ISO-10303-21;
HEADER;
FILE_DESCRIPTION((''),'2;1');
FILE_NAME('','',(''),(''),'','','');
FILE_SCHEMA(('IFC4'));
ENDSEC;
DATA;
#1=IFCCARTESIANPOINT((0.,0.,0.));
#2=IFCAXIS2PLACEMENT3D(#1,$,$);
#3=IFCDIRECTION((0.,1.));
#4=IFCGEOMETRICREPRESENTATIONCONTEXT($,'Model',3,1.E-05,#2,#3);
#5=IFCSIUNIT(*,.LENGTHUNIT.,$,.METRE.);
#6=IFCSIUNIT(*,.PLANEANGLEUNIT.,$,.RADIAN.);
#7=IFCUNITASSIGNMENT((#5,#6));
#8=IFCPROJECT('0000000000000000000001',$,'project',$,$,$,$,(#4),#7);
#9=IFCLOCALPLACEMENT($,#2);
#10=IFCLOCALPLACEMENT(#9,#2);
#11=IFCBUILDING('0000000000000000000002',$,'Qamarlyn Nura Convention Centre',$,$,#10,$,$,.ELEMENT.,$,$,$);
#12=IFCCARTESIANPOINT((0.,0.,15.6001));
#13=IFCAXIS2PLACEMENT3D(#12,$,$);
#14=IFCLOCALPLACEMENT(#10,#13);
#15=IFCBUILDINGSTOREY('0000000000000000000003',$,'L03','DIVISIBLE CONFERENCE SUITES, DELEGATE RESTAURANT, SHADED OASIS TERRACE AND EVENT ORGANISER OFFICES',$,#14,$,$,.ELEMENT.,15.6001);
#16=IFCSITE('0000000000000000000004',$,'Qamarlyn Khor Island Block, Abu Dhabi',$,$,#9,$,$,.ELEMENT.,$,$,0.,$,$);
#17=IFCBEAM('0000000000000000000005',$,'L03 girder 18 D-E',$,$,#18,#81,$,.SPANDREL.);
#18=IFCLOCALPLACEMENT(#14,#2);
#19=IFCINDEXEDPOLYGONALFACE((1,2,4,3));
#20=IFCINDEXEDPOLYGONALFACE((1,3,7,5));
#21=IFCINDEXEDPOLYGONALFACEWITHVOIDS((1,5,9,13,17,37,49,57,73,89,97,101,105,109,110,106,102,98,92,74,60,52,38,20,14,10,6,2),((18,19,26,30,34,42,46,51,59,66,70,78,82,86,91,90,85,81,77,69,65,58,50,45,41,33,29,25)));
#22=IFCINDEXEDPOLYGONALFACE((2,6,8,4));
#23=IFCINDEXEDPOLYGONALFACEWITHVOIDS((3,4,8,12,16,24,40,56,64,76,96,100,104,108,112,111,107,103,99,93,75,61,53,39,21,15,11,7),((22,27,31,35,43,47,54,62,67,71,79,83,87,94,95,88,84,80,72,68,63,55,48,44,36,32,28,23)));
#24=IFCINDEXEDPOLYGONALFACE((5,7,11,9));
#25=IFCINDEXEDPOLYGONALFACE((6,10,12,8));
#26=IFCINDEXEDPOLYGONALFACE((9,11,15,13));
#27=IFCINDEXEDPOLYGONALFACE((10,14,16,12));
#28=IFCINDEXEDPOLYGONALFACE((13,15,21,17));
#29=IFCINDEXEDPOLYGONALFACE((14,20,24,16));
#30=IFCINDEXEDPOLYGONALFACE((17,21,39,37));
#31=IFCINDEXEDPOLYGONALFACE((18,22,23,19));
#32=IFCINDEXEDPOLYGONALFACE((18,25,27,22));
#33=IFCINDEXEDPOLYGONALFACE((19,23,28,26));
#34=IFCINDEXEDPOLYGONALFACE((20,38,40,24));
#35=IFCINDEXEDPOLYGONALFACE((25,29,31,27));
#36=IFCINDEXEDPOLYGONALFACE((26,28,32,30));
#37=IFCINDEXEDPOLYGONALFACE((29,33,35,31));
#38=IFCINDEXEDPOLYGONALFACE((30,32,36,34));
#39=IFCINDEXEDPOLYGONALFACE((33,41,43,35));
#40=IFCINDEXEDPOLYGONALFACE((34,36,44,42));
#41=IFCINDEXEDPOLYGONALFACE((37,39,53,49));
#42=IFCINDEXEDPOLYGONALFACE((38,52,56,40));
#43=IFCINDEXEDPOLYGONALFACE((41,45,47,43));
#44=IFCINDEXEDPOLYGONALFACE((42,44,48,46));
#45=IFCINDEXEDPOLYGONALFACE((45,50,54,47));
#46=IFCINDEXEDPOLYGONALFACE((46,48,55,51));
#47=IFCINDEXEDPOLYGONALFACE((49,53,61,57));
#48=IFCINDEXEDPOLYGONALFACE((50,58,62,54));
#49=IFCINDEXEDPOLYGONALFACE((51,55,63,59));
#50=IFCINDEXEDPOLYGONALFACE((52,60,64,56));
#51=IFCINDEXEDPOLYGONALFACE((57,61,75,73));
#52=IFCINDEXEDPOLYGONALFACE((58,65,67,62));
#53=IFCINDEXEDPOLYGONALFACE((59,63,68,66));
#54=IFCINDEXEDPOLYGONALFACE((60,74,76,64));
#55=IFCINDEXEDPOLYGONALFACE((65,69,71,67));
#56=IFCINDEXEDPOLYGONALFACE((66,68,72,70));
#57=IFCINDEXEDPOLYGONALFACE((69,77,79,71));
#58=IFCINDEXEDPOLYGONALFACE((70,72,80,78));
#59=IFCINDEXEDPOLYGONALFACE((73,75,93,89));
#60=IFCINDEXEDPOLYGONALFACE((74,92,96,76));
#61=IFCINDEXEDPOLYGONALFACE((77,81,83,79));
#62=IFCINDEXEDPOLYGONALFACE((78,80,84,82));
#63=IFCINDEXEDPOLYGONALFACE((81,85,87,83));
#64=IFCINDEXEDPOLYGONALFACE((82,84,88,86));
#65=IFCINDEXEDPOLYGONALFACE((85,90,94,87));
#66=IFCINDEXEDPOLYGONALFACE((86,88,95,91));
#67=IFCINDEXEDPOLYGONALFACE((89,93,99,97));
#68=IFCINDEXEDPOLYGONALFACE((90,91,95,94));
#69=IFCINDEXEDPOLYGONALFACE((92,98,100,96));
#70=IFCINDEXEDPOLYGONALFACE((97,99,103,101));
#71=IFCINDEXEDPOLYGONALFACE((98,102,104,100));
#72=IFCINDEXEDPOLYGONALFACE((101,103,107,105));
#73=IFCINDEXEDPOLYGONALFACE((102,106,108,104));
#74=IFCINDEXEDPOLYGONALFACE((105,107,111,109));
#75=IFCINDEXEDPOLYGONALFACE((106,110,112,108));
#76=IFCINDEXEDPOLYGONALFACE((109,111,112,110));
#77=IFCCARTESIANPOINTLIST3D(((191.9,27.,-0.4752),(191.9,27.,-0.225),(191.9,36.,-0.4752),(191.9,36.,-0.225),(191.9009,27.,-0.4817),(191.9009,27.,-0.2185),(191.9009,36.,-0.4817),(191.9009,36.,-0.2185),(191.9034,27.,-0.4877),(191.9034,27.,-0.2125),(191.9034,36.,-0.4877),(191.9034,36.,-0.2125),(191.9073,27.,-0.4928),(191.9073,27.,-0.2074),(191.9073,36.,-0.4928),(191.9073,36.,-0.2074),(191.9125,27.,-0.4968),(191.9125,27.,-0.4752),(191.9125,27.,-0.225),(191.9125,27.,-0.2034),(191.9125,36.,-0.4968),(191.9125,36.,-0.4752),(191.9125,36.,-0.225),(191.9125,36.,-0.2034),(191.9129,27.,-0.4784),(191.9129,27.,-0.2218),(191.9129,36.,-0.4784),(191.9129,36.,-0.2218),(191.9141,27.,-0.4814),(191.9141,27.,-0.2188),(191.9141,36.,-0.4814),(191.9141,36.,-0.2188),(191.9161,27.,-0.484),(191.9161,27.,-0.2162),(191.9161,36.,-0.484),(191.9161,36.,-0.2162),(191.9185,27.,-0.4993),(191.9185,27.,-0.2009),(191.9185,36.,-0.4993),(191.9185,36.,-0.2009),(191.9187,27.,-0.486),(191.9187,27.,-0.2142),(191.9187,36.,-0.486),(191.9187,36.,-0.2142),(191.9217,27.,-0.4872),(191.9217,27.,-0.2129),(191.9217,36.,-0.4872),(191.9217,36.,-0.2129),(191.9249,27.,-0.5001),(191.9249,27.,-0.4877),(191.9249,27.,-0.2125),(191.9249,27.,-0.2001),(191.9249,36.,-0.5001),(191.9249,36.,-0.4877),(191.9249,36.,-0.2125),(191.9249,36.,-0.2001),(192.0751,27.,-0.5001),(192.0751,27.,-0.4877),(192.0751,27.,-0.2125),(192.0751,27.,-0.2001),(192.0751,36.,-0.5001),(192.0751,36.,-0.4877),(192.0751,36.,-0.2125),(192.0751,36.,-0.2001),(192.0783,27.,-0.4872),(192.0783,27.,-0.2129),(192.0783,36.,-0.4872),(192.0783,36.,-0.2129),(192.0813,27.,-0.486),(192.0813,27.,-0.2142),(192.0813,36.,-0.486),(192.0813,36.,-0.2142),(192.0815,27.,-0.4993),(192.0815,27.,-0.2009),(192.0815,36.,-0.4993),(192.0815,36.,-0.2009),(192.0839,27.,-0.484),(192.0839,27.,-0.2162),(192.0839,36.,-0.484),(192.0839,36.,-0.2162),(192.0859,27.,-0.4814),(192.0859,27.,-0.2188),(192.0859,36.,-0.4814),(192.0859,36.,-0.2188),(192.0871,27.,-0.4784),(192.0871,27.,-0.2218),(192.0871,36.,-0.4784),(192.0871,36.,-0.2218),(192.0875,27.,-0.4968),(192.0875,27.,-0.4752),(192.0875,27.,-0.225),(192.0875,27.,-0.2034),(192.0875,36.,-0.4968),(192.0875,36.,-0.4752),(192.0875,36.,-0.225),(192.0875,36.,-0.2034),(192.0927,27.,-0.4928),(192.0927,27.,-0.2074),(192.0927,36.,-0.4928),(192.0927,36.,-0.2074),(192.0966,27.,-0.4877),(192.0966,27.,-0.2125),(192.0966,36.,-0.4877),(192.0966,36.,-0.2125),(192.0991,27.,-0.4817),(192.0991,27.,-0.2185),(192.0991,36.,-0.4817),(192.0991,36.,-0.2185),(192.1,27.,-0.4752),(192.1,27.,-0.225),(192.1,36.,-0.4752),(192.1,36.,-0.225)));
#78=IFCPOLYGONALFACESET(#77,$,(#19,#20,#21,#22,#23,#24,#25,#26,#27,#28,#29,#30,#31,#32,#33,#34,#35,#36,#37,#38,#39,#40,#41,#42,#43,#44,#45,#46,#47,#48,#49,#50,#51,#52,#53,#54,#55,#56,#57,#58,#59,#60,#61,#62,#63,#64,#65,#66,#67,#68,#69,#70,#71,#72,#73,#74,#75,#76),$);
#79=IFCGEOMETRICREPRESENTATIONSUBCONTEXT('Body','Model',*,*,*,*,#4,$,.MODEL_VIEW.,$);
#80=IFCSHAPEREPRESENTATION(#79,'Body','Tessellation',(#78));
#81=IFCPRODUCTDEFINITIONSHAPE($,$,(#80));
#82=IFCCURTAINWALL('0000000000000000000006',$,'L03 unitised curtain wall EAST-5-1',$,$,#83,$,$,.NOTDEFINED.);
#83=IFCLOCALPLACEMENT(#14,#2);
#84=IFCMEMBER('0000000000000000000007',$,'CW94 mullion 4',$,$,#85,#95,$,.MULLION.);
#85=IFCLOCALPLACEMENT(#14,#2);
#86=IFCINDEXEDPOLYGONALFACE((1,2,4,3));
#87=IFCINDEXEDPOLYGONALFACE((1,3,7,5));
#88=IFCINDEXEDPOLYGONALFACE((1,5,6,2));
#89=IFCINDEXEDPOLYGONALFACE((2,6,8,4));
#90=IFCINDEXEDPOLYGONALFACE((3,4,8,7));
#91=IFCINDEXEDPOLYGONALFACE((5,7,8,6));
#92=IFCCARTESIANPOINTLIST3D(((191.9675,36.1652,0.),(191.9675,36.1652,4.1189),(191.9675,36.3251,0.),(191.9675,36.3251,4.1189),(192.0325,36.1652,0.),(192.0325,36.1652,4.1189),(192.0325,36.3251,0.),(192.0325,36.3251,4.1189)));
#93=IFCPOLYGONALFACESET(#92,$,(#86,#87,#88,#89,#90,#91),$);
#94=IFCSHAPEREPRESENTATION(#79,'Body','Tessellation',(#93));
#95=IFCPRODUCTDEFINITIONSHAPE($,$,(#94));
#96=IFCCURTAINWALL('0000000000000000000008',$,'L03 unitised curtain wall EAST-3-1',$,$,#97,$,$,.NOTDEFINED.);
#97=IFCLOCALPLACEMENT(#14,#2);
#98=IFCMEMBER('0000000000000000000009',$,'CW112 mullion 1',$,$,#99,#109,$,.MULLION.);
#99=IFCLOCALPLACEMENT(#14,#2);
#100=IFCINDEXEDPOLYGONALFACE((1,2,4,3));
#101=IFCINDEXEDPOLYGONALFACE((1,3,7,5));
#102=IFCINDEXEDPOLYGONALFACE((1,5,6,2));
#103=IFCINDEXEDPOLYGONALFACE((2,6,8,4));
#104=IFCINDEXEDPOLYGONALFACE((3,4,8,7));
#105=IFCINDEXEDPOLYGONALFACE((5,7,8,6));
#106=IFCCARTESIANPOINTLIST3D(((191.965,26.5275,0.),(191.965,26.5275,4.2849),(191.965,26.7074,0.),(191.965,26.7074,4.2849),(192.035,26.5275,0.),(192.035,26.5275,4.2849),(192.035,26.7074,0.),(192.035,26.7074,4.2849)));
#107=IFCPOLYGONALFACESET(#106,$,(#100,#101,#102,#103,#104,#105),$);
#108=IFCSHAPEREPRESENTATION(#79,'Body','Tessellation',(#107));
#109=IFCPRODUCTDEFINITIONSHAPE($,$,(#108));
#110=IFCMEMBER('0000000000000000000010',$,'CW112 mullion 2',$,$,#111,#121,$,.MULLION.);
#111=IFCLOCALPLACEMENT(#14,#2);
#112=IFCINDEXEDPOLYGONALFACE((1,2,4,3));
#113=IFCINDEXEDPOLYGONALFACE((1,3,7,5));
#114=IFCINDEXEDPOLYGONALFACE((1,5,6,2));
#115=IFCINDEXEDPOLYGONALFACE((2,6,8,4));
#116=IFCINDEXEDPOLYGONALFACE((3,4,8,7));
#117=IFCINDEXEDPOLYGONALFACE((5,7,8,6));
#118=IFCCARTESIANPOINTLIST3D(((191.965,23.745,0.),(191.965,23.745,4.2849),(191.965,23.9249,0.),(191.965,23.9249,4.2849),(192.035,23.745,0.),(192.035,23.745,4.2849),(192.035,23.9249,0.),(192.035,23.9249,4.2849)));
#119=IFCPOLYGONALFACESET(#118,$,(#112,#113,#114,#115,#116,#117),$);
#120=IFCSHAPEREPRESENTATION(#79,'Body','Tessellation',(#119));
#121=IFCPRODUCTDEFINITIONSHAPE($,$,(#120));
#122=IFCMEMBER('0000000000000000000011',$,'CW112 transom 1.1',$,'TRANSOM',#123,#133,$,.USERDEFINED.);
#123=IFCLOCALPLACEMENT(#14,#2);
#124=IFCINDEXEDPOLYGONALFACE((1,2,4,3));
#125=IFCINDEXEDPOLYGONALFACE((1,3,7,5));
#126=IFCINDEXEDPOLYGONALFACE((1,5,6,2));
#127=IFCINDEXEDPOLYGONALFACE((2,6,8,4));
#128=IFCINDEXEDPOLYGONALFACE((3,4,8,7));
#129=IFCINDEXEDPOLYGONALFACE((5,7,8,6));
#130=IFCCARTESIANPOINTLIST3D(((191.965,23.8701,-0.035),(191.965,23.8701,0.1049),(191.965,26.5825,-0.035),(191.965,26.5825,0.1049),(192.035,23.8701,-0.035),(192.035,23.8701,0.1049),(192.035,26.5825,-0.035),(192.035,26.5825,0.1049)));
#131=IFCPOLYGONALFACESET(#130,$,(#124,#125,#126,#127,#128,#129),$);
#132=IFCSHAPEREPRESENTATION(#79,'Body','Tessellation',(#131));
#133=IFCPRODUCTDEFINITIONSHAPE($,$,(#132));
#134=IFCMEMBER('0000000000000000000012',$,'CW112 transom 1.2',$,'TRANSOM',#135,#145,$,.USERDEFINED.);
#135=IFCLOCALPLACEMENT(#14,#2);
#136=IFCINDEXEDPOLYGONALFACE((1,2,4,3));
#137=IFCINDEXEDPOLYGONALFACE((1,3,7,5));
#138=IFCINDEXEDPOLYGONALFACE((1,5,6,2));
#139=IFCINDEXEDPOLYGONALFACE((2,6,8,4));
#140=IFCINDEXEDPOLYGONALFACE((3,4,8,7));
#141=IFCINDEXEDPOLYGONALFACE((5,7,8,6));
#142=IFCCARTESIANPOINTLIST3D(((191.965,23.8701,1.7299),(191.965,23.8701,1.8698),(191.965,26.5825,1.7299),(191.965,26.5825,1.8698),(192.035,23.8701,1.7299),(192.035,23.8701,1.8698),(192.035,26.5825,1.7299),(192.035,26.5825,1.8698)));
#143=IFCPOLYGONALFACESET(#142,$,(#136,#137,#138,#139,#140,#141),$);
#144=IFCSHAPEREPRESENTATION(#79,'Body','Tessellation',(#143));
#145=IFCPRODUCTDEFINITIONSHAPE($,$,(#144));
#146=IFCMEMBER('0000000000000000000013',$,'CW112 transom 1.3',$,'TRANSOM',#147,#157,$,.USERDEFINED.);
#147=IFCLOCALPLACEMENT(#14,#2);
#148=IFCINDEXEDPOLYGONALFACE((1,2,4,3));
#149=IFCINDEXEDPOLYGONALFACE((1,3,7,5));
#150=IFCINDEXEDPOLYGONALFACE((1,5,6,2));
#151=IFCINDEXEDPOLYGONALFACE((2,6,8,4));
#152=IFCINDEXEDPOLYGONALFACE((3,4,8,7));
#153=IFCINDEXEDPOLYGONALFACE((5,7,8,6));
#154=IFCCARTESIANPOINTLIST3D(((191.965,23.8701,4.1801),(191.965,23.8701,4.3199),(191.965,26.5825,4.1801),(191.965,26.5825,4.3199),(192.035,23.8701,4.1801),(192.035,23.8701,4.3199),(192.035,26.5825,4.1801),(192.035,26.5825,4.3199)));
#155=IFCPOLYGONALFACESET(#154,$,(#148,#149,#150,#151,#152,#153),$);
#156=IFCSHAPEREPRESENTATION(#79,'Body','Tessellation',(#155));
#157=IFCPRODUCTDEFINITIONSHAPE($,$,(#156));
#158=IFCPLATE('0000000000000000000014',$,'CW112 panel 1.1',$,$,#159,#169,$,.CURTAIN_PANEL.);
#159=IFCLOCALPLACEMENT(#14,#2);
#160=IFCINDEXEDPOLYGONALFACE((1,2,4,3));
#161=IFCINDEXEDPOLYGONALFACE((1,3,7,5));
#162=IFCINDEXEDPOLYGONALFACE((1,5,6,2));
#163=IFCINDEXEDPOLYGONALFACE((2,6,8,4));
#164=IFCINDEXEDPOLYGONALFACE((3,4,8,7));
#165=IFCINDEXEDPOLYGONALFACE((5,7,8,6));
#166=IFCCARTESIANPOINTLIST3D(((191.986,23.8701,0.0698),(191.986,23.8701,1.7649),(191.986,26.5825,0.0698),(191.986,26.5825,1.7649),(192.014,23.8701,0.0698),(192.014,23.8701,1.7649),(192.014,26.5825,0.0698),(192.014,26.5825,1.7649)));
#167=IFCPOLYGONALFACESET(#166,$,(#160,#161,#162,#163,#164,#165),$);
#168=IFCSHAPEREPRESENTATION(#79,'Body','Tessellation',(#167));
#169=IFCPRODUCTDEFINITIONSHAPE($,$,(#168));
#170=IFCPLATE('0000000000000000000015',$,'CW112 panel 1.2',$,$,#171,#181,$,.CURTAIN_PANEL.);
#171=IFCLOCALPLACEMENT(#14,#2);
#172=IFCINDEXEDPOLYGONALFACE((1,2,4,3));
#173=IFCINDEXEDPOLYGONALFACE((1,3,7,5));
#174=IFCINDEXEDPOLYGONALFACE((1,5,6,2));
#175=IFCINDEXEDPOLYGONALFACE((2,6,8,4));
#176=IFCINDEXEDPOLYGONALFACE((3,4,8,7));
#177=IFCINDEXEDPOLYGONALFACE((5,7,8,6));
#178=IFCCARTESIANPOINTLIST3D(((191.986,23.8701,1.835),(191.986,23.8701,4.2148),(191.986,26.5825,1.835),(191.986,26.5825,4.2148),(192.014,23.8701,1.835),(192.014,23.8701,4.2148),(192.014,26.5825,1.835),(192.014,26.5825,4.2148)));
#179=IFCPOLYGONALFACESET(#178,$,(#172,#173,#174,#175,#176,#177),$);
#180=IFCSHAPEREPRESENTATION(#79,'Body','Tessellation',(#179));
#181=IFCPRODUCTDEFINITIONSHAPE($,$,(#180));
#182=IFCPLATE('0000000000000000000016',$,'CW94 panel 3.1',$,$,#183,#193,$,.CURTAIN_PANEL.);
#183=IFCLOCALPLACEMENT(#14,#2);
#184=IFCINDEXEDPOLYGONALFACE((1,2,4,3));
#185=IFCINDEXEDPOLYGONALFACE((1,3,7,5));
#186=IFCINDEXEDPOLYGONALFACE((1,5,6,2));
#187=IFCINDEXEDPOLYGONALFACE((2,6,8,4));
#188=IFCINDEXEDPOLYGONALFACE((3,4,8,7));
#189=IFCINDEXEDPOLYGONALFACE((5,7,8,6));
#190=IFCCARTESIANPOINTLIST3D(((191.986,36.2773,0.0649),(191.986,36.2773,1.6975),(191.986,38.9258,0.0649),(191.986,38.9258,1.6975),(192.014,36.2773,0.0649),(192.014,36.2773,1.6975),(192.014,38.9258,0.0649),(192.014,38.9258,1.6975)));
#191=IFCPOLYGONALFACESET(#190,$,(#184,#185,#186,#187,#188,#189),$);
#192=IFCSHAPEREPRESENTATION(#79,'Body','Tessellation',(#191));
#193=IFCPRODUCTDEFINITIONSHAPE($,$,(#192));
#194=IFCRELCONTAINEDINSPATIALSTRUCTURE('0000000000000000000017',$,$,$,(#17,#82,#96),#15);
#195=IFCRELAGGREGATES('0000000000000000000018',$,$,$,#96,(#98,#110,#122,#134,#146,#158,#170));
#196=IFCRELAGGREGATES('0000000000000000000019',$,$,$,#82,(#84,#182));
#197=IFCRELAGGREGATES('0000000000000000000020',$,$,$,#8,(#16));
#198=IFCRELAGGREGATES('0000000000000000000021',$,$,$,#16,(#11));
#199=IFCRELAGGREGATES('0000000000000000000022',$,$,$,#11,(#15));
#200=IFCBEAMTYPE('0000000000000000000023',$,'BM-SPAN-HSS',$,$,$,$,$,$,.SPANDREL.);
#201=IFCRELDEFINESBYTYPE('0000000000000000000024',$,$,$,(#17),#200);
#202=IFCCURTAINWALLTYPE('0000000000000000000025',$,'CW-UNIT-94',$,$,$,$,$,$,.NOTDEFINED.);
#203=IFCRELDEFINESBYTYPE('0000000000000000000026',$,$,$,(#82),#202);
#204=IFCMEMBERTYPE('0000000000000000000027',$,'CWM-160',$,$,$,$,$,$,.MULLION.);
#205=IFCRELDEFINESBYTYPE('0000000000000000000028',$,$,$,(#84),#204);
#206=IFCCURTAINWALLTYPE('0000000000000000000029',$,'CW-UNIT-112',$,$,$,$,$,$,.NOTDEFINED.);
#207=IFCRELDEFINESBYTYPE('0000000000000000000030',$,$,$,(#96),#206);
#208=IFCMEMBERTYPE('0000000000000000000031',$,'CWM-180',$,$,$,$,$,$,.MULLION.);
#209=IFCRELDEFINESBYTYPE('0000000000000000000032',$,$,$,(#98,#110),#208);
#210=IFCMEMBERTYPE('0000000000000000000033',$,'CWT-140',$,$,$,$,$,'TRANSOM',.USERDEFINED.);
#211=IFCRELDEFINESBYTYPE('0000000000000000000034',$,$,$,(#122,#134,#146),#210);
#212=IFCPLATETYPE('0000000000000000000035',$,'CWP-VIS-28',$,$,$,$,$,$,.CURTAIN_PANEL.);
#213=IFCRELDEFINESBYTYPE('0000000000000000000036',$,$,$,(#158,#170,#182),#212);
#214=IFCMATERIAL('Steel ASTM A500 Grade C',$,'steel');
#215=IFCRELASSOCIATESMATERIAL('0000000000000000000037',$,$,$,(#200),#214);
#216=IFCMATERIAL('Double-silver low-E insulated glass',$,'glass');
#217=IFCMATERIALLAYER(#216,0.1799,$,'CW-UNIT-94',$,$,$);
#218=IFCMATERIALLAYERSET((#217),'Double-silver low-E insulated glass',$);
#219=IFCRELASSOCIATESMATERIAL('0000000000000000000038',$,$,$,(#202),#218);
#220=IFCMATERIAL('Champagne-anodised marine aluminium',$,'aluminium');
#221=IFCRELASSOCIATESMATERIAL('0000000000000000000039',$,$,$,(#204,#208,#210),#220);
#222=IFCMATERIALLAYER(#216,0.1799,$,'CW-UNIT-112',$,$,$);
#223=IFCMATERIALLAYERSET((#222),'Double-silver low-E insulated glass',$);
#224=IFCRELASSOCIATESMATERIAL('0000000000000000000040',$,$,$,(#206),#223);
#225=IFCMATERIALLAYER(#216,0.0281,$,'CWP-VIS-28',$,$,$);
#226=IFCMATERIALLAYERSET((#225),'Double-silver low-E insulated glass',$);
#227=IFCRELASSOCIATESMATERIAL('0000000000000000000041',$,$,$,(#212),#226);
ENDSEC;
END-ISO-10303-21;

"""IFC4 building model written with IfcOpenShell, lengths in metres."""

from ifc_helpers import new_model, si_unit, direction, frame, origin, origin_2d, place, context, subcontext, project, spatial, rectangle, hollow_rectangle, extrude, material, layer, layer_set, material_profile, profile_set, type_object, element, aggregate, save


model = new_model("IFC4")

# Units and contexts
model_context = context("Model", 3, precision=1e-05, world=origin(), true_north=direction((0.0, 1.0)))
body_context = subcontext(model_context, "Body", "Model", "MODEL_VIEW")
ifc_project = project(units=[si_unit("LENGTHUNIT", "METRE"), si_unit("PLANEANGLEUNIT", "RADIAN")], contexts=[model_context])

# Site, building, storey
site_placement = place(None, origin())
site = spatial("IfcSite", under=ifc_project, at=site_placement, Name="Qamarlyn Khor Island Block, Abu Dhabi", CompositionType="ELEMENT", RefElevation=0.0)
building_placement = place(site_placement, origin())
building = spatial("IfcBuilding", under=site, at=building_placement, Name="Qamarlyn Nura Convention Centre", CompositionType="ELEMENT")
storey_placement = place(building_placement, frame((0.0, 0.0, 15.6001)))
storey = spatial("IfcBuildingStorey", under=building, at=storey_placement, Name="L03", Description="DIVISIBLE CONFERENCE SUITES, DELEGATE RESTAURANT, SHADED OASIS TERRACE AND EVENT ORGANISER OFFICES", CompositionType="ELEMENT", Elevation=15.6001)

# Beam
ifc_material_1 = material(Name="Steel ASTM A500 Grade C", Category="steel")
ifc_material_profile_1 = material_profile(ifc_material_1, hollow_rectangle(XDim=0.2, YDim=0.3, WallThickness=0.0125, InnerFilletRadius=0.0125, OuterFilletRadius=0.0249, at=origin_2d()), Name="HSS300X200X12.5")
ifc_profile_set_1 = profile_set([ifc_material_profile_1], Name="Steel ASTM A500 Grade C")
beam_type_1 = type_object("IfcBeamType", Name="BM-SPAN-HSS", PredefinedType="SPANDREL", material=ifc_profile_set_1)
beam_1_placement = place(storey_placement, frame((192.0, 27.0, -0.3501), z_axis=(0.0, 1.0, 0.0), x_axis=(-1.0, 0.0, 0.0)))
element("IfcBeam", 1, at=beam_1_placement, inside=storey, type_object=beam_type_1, Name="L03 girder 18 D-E", PredefinedType="SPANDREL", context=body_context, shape_type="SweptSolid", body=[
    extrude(hollow_rectangle(XDim=0.2, YDim=0.3, WallThickness=0.0125, InnerFilletRadius=0.0125, OuterFilletRadius=0.0249, at=origin_2d()), origin(), (0.0, 0.0, 1.0), 9.0),
])

# Curtain wall, member
ifc_material_2 = material(Name="Double-silver low-E insulated glass", Category="glass")
ifc_layer_1 = layer(ifc_material_2, 0.1799, Name="CW-UNIT-94")
ifc_layer_set_1 = layer_set([ifc_layer_1], Name="Double-silver low-E insulated glass")
curtain_wall_type_1 = type_object("IfcCurtainWallType", Name="CW-UNIT-94", PredefinedType="NOTDEFINED", material=ifc_layer_set_1)
curtain_wall_1_placement = place(storey_placement, origin())
curtain_wall_1 = element("IfcCurtainWall", 2, at=curtain_wall_1_placement, inside=storey, type_object=curtain_wall_type_1, Name="L03 unitised curtain wall EAST-5-1", PredefinedType="NOTDEFINED")
ifc_material_3 = material(Name="Champagne-anodised marine aluminium", Category="aluminium")
ifc_material_profile_2 = material_profile(ifc_material_3, rectangle(XDim=0.0649, YDim=0.1599, at=origin_2d()), Name="ALU MULLION 65x160")
ifc_profile_set_2 = profile_set([ifc_material_profile_2], Name="Champagne-anodised marine aluminium")
member_type_1 = type_object("IfcMemberType", Name="CWM-160", PredefinedType="MULLION", material=ifc_profile_set_2)
member_1_placement = place(storey_placement, frame((192.0, 36.2451, 0.0), z_axis=(0.0, 0.0, 1.0), x_axis=(1.0, 0.0, 0.0)))
member_1 = element("IfcMember", 3, at=member_1_placement, type_object=member_type_1, Name="CW94 mullion 4", PredefinedType="MULLION", context=body_context, shape_type="SweptSolid", body=[
    extrude(rectangle(XDim=0.0649, YDim=0.1599, at=origin_2d()), origin(), (0.0, 0.0, 1.0), 4.1189),
])

# Curtain wall, members, plates
ifc_layer_2 = layer(ifc_material_2, 0.1799, Name="CW-UNIT-112")
ifc_layer_set_2 = layer_set([ifc_layer_2], Name="Double-silver low-E insulated glass")
curtain_wall_type_2 = type_object("IfcCurtainWallType", Name="CW-UNIT-112", PredefinedType="NOTDEFINED", material=ifc_layer_set_2)
curtain_wall_2_placement = place(storey_placement, origin())
curtain_wall_2 = element("IfcCurtainWall", 4, at=curtain_wall_2_placement, inside=storey, type_object=curtain_wall_type_2, Name="L03 unitised curtain wall EAST-3-1", PredefinedType="NOTDEFINED")
ifc_material_profile_3 = material_profile(ifc_material_3, rectangle(XDim=0.0701, YDim=0.1799, at=origin_2d()), Name="ALU MULLION 70x180")
ifc_profile_set_3 = profile_set([ifc_material_profile_3], Name="Champagne-anodised marine aluminium")
member_type_2 = type_object("IfcMemberType", Name="CWM-180", PredefinedType="MULLION", material=ifc_profile_set_3)
member_2_placement = place(storey_placement, frame((192.0, 26.6174, 0.0), z_axis=(0.0, 0.0, 1.0), x_axis=(1.0, 0.0, 0.0)))
member_2 = element("IfcMember", 5, at=member_2_placement, type_object=member_type_2, Name="CW112 mullion 1", PredefinedType="MULLION", context=body_context, shape_type="SweptSolid", body=[
    extrude(rectangle(XDim=0.0701, YDim=0.1799, at=origin_2d()), origin(), (0.0, 0.0, 1.0), 4.2849),
])
member_3_placement = place(storey_placement, frame((192.0, 23.835, 0.0), z_axis=(0.0, 0.0, 1.0), x_axis=(1.0, 0.0, 0.0)))
member_3 = element("IfcMember", 6, at=member_3_placement, type_object=member_type_2, Name="CW112 mullion 2", PredefinedType="MULLION", context=body_context, shape_type="SweptSolid", body=[
    extrude(rectangle(XDim=0.0701, YDim=0.1799, at=origin_2d()), origin(), (0.0, 0.0, 1.0), 4.2849),
])
ifc_material_profile_4 = material_profile(ifc_material_3, rectangle(XDim=0.0701, YDim=0.1399, at=origin_2d()), Name="ALU TRANSOM 70x140")
ifc_profile_set_4 = profile_set([ifc_material_profile_4], Name="Champagne-anodised marine aluminium")
member_type_3 = type_object("IfcMemberType", Name="CWT-140", ElementType="TRANSOM", PredefinedType="USERDEFINED", material=ifc_profile_set_4)
member_4_placement = place(storey_placement, frame((192.0, 26.5825, 0.0349), z_axis=(0.0, -1.0, 0.0), x_axis=(1.0, 0.0, 0.0)))
member_4 = element("IfcMember", 7, at=member_4_placement, type_object=member_type_3, Name="CW112 transom 1.1", ObjectType="TRANSOM", PredefinedType="USERDEFINED", context=body_context, shape_type="SweptSolid", body=[
    extrude(rectangle(XDim=0.0701, YDim=0.1399, at=origin_2d()), origin(), (0.0, 0.0, 1.0), 2.7124),
])
member_5_placement = place(storey_placement, frame((192.0, 26.5825, 1.7998), z_axis=(0.0, -1.0, 0.0), x_axis=(1.0, 0.0, 0.0)))
member_5 = element("IfcMember", 8, at=member_5_placement, type_object=member_type_3, Name="CW112 transom 1.2", ObjectType="TRANSOM", PredefinedType="USERDEFINED", context=body_context, shape_type="SweptSolid", body=[
    extrude(rectangle(XDim=0.0701, YDim=0.1399, at=origin_2d()), origin(), (0.0, 0.0, 1.0), 2.7124),
])
member_6_placement = place(storey_placement, frame((192.0, 26.5825, 4.25), z_axis=(0.0, -1.0, 0.0), x_axis=(1.0, 0.0, 0.0)))
member_6 = element("IfcMember", 9, at=member_6_placement, type_object=member_type_3, Name="CW112 transom 1.3", ObjectType="TRANSOM", PredefinedType="USERDEFINED", context=body_context, shape_type="SweptSolid", body=[
    extrude(rectangle(XDim=0.0701, YDim=0.1399, at=origin_2d()), origin(), (0.0, 0.0, 1.0), 2.7124),
])
ifc_layer_3 = layer(ifc_material_2, 0.0281, Name="CWP-VIS-28")
ifc_layer_set_3 = layer_set([ifc_layer_3], Name="Double-silver low-E insulated glass")
plate_type_1 = type_object("IfcPlateType", Name="CWP-VIS-28", PredefinedType="CURTAIN_PANEL", material=ifc_layer_set_3)
plate_1_placement = place(storey_placement, frame((192.0, 25.2263, 0.0698), z_axis=(0.0, 0.0, 1.0), x_axis=(0.0, -1.0, 0.0)))
plate_1 = element("IfcPlate", 10, at=plate_1_placement, type_object=plate_type_1, Name="CW112 panel 1.1", PredefinedType="CURTAIN_PANEL", context=body_context, shape_type="SweptSolid", body=[
    extrude(rectangle(XDim=2.7124, YDim=0.0281, at=origin_2d()), origin(), (0.0, 0.0, 1.0), 1.6951),
])
plate_2_placement = place(storey_placement, frame((192.0, 25.2263, 1.835), z_axis=(0.0, 0.0, 1.0), x_axis=(0.0, -1.0, 0.0)))
plate_2 = element("IfcPlate", 11, at=plate_2_placement, type_object=plate_type_1, Name="CW112 panel 1.2", PredefinedType="CURTAIN_PANEL", context=body_context, shape_type="SweptSolid", body=[
    extrude(rectangle(XDim=2.7124, YDim=0.0281, at=origin_2d()), origin(), (0.0, 0.0, 1.0), 2.3799),
])
aggregate(curtain_wall_2, [member_2, member_3, member_4, member_5, member_6, plate_1, plate_2])

# Plate
plate_3_placement = place(storey_placement, frame((192.0, 37.6016, 0.0649), z_axis=(0.0, 0.0, 1.0), x_axis=(0.0, -1.0, 0.0)))
plate_3 = element("IfcPlate", 12, at=plate_3_placement, type_object=plate_type_1, Name="CW94 panel 3.1", PredefinedType="CURTAIN_PANEL", context=body_context, shape_type="SweptSolid", body=[
    extrude(rectangle(XDim=2.6484, YDim=0.0281, at=origin_2d()), origin(), (0.0, 0.0, 1.0), 1.6326),
])
aggregate(curtain_wall_1, [member_1, plate_3])

save(model, "model.ifc")
